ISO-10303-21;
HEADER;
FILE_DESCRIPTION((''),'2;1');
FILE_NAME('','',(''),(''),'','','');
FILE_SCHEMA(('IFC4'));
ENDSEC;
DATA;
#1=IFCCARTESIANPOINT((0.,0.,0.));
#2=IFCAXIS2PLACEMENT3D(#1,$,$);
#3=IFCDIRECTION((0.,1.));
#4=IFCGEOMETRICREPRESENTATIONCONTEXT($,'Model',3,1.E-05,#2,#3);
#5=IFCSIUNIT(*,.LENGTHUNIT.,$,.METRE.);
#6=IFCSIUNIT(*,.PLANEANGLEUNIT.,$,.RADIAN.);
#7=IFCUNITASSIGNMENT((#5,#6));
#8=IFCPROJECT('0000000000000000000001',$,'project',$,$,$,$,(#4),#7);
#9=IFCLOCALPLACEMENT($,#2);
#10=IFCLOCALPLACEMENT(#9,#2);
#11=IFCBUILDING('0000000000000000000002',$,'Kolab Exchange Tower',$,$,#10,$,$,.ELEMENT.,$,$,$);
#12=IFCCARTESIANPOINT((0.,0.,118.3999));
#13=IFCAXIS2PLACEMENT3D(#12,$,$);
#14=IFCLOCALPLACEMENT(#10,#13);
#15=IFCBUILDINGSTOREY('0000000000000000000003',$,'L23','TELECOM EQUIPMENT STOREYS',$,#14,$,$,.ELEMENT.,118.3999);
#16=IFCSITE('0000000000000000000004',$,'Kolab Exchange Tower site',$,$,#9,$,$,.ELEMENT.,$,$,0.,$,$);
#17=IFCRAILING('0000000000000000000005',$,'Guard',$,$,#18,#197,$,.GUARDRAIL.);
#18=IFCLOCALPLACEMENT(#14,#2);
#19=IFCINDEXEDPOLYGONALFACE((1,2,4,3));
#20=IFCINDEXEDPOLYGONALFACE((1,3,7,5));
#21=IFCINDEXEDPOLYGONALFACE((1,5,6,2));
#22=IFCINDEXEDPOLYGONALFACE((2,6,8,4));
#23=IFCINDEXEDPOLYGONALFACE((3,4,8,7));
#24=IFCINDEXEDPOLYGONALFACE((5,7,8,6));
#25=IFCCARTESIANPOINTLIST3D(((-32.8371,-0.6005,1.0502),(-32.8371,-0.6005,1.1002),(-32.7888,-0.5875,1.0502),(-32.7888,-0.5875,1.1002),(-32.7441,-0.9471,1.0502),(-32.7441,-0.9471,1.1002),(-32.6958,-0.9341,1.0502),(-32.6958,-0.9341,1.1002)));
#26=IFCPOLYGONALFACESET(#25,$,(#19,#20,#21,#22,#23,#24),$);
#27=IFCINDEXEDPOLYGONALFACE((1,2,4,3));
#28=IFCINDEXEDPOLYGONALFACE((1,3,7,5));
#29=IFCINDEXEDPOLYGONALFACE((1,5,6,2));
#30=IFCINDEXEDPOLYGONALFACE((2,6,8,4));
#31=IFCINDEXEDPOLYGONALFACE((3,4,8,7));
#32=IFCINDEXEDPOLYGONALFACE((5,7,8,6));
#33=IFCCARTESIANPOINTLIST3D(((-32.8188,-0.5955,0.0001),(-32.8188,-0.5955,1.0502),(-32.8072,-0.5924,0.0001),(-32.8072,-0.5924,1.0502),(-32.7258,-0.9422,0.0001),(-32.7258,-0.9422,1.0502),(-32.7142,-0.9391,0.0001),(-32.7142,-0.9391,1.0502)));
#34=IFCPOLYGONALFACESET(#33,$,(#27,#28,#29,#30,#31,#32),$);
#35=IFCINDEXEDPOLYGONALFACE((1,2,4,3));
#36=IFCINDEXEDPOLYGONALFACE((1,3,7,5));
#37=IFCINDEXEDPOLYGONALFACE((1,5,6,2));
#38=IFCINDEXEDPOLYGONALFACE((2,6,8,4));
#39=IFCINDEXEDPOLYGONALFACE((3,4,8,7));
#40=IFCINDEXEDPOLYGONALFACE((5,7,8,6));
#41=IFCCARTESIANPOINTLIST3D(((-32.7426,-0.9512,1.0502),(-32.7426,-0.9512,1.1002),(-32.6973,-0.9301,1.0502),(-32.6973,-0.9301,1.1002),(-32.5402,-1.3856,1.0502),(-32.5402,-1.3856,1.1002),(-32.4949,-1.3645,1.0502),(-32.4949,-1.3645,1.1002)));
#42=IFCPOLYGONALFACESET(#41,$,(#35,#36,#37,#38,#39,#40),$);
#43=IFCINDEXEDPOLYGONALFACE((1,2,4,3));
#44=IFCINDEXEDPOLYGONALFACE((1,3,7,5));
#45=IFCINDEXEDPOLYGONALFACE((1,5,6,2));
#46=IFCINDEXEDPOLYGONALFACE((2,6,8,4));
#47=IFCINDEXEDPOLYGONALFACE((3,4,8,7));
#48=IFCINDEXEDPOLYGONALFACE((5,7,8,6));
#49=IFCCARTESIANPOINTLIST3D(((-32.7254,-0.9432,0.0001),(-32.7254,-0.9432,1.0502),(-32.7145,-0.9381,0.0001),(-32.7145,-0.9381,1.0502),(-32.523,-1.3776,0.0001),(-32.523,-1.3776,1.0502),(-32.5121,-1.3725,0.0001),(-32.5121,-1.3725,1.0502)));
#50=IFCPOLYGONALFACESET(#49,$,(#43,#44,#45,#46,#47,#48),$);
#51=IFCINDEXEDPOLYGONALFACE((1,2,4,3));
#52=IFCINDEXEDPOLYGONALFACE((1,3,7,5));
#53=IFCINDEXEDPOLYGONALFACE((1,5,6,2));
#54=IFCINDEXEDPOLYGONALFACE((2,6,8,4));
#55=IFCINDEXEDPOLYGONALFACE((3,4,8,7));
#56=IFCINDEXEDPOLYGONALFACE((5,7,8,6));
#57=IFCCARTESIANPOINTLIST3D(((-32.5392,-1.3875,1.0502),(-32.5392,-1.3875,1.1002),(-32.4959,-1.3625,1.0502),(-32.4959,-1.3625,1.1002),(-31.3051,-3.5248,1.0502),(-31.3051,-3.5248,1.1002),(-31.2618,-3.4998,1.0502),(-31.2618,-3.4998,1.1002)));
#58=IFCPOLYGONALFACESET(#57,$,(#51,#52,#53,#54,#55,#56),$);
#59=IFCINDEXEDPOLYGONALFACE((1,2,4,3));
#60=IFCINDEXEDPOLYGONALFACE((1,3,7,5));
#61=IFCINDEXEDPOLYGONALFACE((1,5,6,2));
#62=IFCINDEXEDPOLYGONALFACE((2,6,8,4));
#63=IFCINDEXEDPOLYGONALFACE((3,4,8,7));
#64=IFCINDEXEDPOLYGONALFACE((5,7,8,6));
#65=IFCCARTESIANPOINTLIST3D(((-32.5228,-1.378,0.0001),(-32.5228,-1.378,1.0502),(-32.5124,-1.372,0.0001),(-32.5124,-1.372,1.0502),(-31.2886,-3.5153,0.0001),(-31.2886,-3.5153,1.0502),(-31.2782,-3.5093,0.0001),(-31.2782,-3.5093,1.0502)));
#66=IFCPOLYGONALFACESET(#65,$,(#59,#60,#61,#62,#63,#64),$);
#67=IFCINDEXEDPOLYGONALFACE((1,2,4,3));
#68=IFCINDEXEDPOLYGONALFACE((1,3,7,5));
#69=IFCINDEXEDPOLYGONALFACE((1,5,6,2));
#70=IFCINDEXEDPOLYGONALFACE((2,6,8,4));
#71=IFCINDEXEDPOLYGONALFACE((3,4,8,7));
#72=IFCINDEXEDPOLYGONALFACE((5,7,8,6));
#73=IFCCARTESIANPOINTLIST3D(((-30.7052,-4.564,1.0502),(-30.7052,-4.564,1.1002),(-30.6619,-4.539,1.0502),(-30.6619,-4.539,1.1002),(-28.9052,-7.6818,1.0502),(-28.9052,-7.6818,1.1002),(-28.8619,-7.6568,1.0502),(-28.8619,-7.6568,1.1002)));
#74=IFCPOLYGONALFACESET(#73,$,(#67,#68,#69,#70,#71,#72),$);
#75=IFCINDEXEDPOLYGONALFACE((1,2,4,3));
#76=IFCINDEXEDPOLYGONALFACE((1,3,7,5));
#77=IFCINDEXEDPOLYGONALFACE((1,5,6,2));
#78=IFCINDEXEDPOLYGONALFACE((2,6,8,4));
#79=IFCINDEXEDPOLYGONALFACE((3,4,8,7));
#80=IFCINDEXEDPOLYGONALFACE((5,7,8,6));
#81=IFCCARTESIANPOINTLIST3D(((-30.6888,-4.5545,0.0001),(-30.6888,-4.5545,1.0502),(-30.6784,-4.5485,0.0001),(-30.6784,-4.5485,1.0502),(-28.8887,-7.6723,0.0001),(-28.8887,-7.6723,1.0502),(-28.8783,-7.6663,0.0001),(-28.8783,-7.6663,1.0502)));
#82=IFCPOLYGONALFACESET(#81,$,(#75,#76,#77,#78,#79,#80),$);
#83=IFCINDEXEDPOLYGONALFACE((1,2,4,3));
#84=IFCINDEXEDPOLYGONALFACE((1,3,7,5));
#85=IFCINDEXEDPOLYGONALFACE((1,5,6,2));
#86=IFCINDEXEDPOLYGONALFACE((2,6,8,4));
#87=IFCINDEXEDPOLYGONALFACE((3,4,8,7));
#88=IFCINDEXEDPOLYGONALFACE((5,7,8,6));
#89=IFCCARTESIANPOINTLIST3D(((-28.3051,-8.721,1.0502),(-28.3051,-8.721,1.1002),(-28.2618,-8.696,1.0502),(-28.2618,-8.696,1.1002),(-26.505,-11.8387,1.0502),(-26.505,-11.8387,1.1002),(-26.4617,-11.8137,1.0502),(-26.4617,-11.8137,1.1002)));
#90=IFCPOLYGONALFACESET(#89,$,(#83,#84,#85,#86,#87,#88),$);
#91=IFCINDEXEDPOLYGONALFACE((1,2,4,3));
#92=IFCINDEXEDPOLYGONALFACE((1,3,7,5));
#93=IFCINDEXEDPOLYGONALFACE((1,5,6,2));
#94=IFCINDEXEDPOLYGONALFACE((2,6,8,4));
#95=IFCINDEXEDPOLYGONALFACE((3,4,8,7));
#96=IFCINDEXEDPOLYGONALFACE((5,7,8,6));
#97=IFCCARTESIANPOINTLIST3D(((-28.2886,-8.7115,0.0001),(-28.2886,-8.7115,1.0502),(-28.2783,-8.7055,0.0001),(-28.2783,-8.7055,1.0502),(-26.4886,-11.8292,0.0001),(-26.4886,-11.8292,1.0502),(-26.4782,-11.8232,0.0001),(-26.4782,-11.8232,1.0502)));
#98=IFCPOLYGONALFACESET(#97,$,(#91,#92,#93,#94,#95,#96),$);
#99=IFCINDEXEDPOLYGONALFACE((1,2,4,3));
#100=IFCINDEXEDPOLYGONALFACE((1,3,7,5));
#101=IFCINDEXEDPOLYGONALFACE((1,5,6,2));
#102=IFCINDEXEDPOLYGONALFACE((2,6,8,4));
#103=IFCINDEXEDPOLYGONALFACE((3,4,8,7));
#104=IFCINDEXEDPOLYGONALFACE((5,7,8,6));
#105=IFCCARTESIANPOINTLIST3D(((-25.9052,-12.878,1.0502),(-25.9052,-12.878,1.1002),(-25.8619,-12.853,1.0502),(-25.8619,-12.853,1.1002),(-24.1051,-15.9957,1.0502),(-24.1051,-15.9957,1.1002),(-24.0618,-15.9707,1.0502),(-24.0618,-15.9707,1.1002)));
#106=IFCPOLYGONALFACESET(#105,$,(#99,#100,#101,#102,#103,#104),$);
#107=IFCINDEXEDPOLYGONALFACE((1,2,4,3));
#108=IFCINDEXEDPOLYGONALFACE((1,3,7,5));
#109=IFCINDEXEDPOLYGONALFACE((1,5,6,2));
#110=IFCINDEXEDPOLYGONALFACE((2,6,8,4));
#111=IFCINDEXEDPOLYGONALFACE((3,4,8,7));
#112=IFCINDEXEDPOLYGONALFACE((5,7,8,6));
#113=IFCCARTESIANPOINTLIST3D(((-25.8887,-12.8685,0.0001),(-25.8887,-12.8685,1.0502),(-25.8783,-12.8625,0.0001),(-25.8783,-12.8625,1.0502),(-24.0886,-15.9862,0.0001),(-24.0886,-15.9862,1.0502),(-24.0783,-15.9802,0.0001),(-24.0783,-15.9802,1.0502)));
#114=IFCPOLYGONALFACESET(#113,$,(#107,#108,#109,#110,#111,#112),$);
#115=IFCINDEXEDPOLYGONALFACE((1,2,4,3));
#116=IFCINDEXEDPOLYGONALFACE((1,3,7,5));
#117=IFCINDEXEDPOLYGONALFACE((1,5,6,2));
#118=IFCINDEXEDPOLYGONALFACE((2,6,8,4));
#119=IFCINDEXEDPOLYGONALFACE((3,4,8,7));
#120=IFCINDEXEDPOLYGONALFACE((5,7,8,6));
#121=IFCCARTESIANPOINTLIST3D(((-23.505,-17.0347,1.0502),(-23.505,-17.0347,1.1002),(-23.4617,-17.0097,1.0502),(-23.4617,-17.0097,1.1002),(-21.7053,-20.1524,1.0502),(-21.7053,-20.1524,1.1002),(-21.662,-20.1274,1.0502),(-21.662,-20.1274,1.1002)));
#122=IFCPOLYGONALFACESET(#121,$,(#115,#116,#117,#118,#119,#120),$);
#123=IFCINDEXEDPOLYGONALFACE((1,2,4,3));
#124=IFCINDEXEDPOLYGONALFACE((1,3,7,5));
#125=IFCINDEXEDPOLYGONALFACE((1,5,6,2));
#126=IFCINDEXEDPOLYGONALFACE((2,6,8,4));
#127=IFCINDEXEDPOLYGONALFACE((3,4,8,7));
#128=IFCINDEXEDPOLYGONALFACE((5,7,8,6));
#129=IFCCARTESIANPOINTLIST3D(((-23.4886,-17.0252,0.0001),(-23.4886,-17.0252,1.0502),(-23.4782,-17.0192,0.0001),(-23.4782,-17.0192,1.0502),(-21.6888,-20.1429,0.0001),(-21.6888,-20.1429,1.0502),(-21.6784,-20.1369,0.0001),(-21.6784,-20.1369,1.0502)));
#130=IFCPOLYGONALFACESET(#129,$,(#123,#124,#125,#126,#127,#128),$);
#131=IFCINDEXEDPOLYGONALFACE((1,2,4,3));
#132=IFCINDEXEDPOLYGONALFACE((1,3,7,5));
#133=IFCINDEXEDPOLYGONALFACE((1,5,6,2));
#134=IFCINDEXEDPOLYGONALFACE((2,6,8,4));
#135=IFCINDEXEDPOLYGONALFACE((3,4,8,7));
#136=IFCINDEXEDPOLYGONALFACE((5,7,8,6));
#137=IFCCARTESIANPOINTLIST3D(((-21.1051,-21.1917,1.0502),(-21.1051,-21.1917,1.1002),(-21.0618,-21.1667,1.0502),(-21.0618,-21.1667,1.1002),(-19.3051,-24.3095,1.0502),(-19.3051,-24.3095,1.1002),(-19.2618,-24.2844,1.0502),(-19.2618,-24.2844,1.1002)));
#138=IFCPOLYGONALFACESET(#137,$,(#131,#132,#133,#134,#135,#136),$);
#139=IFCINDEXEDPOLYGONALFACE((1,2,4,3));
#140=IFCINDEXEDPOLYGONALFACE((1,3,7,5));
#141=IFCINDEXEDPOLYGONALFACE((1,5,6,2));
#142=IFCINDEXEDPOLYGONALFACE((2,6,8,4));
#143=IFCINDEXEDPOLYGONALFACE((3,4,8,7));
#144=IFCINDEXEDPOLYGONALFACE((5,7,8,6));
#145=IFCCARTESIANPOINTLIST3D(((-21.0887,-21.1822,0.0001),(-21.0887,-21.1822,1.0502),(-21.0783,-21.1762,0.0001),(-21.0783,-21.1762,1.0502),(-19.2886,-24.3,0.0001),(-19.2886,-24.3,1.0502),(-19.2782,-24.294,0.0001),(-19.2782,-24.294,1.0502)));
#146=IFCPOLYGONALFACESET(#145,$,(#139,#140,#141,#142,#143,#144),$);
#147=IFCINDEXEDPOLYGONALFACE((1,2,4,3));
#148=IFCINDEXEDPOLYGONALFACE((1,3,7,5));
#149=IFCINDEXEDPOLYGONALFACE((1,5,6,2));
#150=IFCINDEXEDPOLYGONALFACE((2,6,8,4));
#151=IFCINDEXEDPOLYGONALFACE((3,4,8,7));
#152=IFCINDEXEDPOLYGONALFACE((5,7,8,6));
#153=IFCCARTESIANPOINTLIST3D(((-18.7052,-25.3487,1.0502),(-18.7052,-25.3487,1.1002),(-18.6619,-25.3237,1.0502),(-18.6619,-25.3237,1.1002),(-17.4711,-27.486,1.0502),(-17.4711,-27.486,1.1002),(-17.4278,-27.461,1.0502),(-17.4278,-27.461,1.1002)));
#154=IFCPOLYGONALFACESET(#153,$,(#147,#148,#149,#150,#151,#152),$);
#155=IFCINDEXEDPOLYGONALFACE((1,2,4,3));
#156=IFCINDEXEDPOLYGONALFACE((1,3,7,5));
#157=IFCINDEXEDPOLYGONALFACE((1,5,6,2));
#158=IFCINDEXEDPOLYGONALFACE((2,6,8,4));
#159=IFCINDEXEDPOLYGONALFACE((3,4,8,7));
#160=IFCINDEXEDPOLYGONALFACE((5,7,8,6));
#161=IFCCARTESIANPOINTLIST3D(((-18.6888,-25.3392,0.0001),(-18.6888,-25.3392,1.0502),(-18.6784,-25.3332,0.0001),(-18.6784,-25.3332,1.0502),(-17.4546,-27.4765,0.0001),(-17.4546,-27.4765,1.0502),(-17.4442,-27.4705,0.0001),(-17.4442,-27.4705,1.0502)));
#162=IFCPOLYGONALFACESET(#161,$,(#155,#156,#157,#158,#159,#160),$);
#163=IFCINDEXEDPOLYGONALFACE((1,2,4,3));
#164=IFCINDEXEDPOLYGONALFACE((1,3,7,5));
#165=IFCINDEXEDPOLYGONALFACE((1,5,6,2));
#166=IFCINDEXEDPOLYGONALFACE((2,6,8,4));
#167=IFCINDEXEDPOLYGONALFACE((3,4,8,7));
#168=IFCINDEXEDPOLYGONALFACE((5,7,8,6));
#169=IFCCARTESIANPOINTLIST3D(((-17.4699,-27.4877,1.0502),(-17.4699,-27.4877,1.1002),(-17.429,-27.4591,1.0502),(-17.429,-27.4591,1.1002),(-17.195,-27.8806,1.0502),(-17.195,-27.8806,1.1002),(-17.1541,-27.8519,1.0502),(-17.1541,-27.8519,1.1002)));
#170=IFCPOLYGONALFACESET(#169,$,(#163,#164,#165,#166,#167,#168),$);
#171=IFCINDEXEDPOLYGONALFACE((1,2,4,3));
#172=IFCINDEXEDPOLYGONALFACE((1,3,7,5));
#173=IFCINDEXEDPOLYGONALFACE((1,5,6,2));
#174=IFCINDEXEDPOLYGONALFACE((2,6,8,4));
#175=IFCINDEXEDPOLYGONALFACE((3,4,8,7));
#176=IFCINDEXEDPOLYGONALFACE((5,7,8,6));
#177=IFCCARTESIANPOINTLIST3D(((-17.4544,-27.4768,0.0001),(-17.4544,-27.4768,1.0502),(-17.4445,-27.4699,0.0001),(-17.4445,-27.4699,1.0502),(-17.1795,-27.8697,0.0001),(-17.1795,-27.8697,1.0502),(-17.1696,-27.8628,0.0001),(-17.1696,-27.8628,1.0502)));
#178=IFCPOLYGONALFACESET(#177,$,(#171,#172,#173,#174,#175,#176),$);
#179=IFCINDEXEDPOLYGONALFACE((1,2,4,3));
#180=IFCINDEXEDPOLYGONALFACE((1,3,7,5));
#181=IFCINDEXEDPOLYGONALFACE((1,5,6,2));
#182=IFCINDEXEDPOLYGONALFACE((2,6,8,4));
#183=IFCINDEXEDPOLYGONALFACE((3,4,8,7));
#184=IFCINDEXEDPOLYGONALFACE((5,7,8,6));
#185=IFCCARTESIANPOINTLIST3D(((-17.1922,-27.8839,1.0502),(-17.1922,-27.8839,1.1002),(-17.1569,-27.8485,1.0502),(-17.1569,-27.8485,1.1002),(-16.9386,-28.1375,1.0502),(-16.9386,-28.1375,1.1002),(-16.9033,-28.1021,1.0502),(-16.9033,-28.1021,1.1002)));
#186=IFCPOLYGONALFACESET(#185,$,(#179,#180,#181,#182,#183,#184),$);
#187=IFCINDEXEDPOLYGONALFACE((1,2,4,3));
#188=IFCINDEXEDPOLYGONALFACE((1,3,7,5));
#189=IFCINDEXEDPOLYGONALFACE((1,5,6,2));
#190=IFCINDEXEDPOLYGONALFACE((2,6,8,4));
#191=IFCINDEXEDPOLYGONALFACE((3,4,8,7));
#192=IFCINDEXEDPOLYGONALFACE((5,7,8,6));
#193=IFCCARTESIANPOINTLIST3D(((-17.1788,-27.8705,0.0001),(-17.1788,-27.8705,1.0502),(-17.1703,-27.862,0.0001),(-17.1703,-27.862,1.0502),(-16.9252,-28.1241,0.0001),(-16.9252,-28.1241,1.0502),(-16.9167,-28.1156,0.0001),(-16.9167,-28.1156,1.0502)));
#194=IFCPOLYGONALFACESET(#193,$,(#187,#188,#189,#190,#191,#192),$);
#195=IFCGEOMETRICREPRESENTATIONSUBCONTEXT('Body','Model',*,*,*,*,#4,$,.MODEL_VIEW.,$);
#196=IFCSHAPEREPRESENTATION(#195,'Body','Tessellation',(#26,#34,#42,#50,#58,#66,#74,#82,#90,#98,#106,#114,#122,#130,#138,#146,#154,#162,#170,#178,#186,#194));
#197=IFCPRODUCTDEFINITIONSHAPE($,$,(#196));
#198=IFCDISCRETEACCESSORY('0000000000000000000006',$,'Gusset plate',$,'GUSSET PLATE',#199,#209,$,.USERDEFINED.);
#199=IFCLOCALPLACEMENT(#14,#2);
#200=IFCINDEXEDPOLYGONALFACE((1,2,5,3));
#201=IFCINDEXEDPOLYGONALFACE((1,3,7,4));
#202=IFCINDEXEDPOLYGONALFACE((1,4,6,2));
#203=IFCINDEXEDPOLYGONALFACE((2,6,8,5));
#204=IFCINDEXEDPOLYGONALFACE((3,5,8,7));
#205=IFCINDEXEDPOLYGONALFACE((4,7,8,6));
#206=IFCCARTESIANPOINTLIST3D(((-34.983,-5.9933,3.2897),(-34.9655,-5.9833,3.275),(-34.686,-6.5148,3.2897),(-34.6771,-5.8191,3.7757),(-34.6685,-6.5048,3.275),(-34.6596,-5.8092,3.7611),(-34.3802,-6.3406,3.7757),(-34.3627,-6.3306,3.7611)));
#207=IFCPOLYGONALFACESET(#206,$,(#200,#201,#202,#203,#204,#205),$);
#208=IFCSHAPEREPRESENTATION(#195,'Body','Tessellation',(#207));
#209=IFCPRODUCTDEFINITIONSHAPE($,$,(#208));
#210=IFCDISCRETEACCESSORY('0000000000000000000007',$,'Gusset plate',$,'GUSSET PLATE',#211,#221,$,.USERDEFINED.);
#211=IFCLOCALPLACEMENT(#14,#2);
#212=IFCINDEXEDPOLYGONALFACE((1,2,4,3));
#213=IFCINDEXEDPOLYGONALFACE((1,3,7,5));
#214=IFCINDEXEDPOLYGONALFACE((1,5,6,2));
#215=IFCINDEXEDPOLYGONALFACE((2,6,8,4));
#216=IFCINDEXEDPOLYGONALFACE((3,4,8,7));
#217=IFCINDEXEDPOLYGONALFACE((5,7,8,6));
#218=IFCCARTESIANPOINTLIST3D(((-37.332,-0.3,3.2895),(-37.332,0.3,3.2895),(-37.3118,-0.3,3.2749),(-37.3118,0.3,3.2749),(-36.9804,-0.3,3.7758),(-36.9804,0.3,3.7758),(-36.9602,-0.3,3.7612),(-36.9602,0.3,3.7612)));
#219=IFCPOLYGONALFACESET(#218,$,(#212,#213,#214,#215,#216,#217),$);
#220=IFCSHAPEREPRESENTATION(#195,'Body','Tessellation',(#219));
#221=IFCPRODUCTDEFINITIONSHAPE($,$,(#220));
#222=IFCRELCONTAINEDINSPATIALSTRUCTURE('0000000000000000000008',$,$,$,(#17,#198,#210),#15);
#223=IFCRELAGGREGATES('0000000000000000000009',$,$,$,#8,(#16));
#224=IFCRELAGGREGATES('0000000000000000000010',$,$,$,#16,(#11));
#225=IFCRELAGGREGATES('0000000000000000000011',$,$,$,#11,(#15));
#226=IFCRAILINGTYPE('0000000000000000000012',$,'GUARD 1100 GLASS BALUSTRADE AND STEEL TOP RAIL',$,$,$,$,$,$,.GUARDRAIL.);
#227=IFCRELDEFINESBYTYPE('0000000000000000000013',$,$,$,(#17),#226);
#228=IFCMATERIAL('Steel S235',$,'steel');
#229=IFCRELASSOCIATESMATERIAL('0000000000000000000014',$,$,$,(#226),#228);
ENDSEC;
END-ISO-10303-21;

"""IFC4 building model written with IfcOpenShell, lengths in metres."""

from ifc_helpers import new_model, si_unit, direction, frame, frame_2d, origin, origin_2d, place, context, subcontext, project, spatial, rectangle, extrude, material, type_object, element, save


model = new_model("IFC4")

# Units and contexts
model_context = context("Model", 3, precision=1e-05, world=origin(), true_north=direction((0.0, 1.0)))
body_context = subcontext(model_context, "Body", "Model", "MODEL_VIEW")
ifc_project = project(units=[si_unit("LENGTHUNIT", "METRE"), si_unit("PLANEANGLEUNIT", "RADIAN")], contexts=[model_context])

# Site, building, storey
site_placement = place(None, origin())
site = spatial("IfcSite", under=ifc_project, at=site_placement, Name="Kolab Exchange Tower site", CompositionType="ELEMENT", RefElevation=0.0)
building_placement = place(site_placement, origin())
building = spatial("IfcBuilding", under=site, at=building_placement, Name="Kolab Exchange Tower", CompositionType="ELEMENT")
storey_placement = place(building_placement, frame((0.0, 0.0, 118.3999)))
storey = spatial("IfcBuildingStorey", under=building, at=storey_placement, Name="L23", Description="TELECOM EQUIPMENT STOREYS", CompositionType="ELEMENT", Elevation=118.3999)

# Shared definitions
ifc_material_1 = material(Name="Steel S235", Category="steel")

# Railing
railing_type = type_object("IfcRailingType", Name="GUARD 1100 GLASS BALUSTRADE AND STEEL TOP RAIL", PredefinedType="GUARDRAIL", material=ifc_material_1)
railing_placement = place(storey_placement, frame((-32.813, -0.594, 0.0)))
element("IfcRailing", 1, at=railing_placement, inside=storey, type_object=railing_type, Name="Guard", PredefinedType="GUARDRAIL", context=body_context, shape_type="SweptSolid", body=[
    extrude(rectangle(XDim=0.05, YDim=0.05, at=origin_2d()), frame((0.0, 0.0, 1.0752), z_axis=(0.259144, -0.965839, 0.0), x_axis=(0.965839, 0.259144, 0.0)), (0.0, 0.0, 1.0), 0.3589),
    extrude(rectangle(XDim=0.012, YDim=1.0501, at=frame_2d((0.0, 0.5251))), frame((0.0, 0.0, 0.0), z_axis=(0.259144, -0.965839, 0.0), x_axis=(0.965839, 0.259144, 0.0)), (0.0, 0.0, 1.0), 0.3589),
    extrude(rectangle(XDim=0.05, YDim=0.05, at=origin_2d()), frame((0.093, -0.3467, 1.0752), z_axis=(0.422383, -0.906417, 0.0), x_axis=(0.906417, 0.422383, 0.0)), (0.0, 0.0, 1.0), 0.4792),
    extrude(rectangle(XDim=0.012, YDim=1.0501, at=frame_2d((0.0, 0.5251))), frame((0.093, -0.3467, 0.0), z_axis=(0.422383, -0.906417, 0.0), x_axis=(0.906417, 0.422383, 0.0)), (0.0, 0.0, 1.0), 0.4792),
    extrude(rectangle(XDim=0.05, YDim=0.05, at=origin_2d()), frame((0.2954, -0.781, 1.0752), z_axis=(0.500065, -0.865988, 0.0), x_axis=(0.865988, 0.500065, 0.0)), (0.0, 0.0, 1.0), 2.468),
    extrude(rectangle(XDim=0.012, YDim=1.0501, at=frame_2d((0.0, 0.5251))), frame((0.2954, -0.781, 0.0), z_axis=(0.500065, -0.865988, 0.0), x_axis=(0.865988, 0.500065, 0.0)), (0.0, 0.0, 1.0), 2.468),
    extrude(rectangle(XDim=0.05, YDim=0.05, at=origin_2d()), frame((2.1294, -3.9575, 1.0752), z_axis=(0.500012, -0.866018, 0.0), x_axis=(0.866018, 0.500012, 0.0)), (0.0, 0.0, 1.0), 3.6001),
    extrude(rectangle(XDim=0.012, YDim=1.0501, at=frame_2d((0.0, 0.5251))), frame((2.1294, -3.9575, 0.0), z_axis=(0.500012, -0.866018, 0.0), x_axis=(0.866018, 0.500012, 0.0)), (0.0, 0.0, 1.0), 3.6001),
    extrude(rectangle(XDim=0.05, YDim=0.05, at=origin_2d()), frame((4.5295, -8.1145, 1.0752), z_axis=(0.500012, -0.866018, 0.0), x_axis=(0.866018, 0.500012, 0.0)), (0.0, 0.0, 1.0), 3.6001),
    extrude(rectangle(XDim=0.012, YDim=1.0501, at=frame_2d((0.0, 0.5251))), frame((4.5295, -8.1145, 0.0), z_axis=(0.500012, -0.866018, 0.0), x_axis=(0.866018, 0.500012, 0.0)), (0.0, 0.0, 1.0), 3.6001),
    extrude(rectangle(XDim=0.05, YDim=0.05, at=origin_2d()), frame((6.9294, -12.2715, 1.0752), z_axis=(0.500012, -0.866018, 0.0), x_axis=(0.866018, 0.500012, 0.0)), (0.0, 0.0, 1.0), 3.6001),
    extrude(rectangle(XDim=0.012, YDim=1.0501, at=frame_2d((0.0, 0.5251))), frame((6.9294, -12.2715, 0.0), z_axis=(0.500012, -0.866018, 0.0), x_axis=(0.866018, 0.500012, 0.0)), (0.0, 0.0, 1.0), 3.6001),
    extrude(rectangle(XDim=0.05, YDim=0.05, at=origin_2d()), frame((9.3296, -16.4282, 1.0752), z_axis=(0.499961, -0.866048, 0.0), x_axis=(0.866048, 0.499961, 0.0)), (0.0, 0.0, 1.0), 3.5999),
    extrude(rectangle(XDim=0.012, YDim=1.0501, at=frame_2d((0.0, 0.5251))), frame((9.3296, -16.4282, 0.0), z_axis=(0.499961, -0.866048, 0.0), x_axis=(0.866048, 0.499961, 0.0)), (0.0, 0.0, 1.0), 3.5999),
    extrude(rectangle(XDim=0.05, YDim=0.05, at=origin_2d()), frame((11.7295, -20.5852, 1.0752), z_axis=(0.500012, -0.866018, 0.0), x_axis=(0.866018, 0.500012, 0.0)), (0.0, 0.0, 1.0), 3.6001),
    extrude(rectangle(XDim=0.012, YDim=1.0501, at=frame_2d((0.0, 0.5251))), frame((11.7295, -20.5852, 0.0), z_axis=(0.500012, -0.866018, 0.0), x_axis=(0.866018, 0.500012, 0.0)), (0.0, 0.0, 1.0), 3.6001),
    extrude(rectangle(XDim=0.05, YDim=0.05, at=origin_2d()), frame((14.1294, -24.7422, 1.0752), z_axis=(0.500065, -0.865988, 0.0), x_axis=(0.865988, 0.500065, 0.0)), (0.0, 0.0, 1.0), 2.468),
    extrude(rectangle(XDim=0.012, YDim=1.0501, at=frame_2d((0.0, 0.5251))), frame((14.1294, -24.7422, 0.0), z_axis=(0.500065, -0.865988, 0.0), x_axis=(0.865988, 0.500065, 0.0)), (0.0, 0.0, 1.0), 2.468),
    extrude(rectangle(XDim=0.05, YDim=0.05, at=origin_2d()), frame((15.3635, -26.8794, 1.0752), z_axis=(0.57336, -0.819304, 0.0), x_axis=(0.819304, 0.57336, 0.0)), (0.0, 0.0, 1.0), 0.4795),
    extrude(rectangle(XDim=0.012, YDim=1.0501, at=frame_2d((0.0, 0.5251))), frame((15.3635, -26.8794, 0.0), z_axis=(0.57336, -0.819304, 0.0), x_axis=(0.819304, 0.57336, 0.0)), (0.0, 0.0, 1.0), 0.4795),
    extrude(rectangle(XDim=0.05, YDim=0.05, at=origin_2d()), frame((15.6384, -27.2722, 1.0752), z_axis=(0.707107, -0.707107, 0.0), x_axis=(0.707107, 0.707107, 0.0)), (0.0, 0.0, 1.0), 0.3586),
    extrude(rectangle(XDim=0.012, YDim=1.0501, at=frame_2d((0.0, 0.5251))), frame((15.6384, -27.2722, 0.0), z_axis=(0.707107, -0.707107, 0.0), x_axis=(0.707107, 0.707107, 0.0)), (0.0, 0.0, 1.0), 0.3586),
])

# Discrete accessories
for number, where, z_axis, x_axis, name in (
    (2, (-34.6641, -6.157, 3.5181), (-0.703822, -0.400788, 0.586518), (0.494839, -0.868985, 0.0), "Gusset plate"),
    (3, (-37.136, 0.0, 3.5181), (-0.810422, 0.0, 0.585847), (0.0, -1.0, 0.0), "Gusset plate"),
):
    element("IfcDiscreteAccessory", number, at=place(storey_placement, frame(where, z_axis=z_axis, x_axis=x_axis)), inside=storey, Name=name, ObjectType="GUSSET PLATE", PredefinedType="USERDEFINED", context=body_context, shape_type="SweptSolid", body=[
        extrude(rectangle(XDim=0.6001, YDim=0.6001, at=origin_2d()), origin(), (0.0, 0.0, 1.0), 0.0249),
    ])

save(model, "model.ifc")
